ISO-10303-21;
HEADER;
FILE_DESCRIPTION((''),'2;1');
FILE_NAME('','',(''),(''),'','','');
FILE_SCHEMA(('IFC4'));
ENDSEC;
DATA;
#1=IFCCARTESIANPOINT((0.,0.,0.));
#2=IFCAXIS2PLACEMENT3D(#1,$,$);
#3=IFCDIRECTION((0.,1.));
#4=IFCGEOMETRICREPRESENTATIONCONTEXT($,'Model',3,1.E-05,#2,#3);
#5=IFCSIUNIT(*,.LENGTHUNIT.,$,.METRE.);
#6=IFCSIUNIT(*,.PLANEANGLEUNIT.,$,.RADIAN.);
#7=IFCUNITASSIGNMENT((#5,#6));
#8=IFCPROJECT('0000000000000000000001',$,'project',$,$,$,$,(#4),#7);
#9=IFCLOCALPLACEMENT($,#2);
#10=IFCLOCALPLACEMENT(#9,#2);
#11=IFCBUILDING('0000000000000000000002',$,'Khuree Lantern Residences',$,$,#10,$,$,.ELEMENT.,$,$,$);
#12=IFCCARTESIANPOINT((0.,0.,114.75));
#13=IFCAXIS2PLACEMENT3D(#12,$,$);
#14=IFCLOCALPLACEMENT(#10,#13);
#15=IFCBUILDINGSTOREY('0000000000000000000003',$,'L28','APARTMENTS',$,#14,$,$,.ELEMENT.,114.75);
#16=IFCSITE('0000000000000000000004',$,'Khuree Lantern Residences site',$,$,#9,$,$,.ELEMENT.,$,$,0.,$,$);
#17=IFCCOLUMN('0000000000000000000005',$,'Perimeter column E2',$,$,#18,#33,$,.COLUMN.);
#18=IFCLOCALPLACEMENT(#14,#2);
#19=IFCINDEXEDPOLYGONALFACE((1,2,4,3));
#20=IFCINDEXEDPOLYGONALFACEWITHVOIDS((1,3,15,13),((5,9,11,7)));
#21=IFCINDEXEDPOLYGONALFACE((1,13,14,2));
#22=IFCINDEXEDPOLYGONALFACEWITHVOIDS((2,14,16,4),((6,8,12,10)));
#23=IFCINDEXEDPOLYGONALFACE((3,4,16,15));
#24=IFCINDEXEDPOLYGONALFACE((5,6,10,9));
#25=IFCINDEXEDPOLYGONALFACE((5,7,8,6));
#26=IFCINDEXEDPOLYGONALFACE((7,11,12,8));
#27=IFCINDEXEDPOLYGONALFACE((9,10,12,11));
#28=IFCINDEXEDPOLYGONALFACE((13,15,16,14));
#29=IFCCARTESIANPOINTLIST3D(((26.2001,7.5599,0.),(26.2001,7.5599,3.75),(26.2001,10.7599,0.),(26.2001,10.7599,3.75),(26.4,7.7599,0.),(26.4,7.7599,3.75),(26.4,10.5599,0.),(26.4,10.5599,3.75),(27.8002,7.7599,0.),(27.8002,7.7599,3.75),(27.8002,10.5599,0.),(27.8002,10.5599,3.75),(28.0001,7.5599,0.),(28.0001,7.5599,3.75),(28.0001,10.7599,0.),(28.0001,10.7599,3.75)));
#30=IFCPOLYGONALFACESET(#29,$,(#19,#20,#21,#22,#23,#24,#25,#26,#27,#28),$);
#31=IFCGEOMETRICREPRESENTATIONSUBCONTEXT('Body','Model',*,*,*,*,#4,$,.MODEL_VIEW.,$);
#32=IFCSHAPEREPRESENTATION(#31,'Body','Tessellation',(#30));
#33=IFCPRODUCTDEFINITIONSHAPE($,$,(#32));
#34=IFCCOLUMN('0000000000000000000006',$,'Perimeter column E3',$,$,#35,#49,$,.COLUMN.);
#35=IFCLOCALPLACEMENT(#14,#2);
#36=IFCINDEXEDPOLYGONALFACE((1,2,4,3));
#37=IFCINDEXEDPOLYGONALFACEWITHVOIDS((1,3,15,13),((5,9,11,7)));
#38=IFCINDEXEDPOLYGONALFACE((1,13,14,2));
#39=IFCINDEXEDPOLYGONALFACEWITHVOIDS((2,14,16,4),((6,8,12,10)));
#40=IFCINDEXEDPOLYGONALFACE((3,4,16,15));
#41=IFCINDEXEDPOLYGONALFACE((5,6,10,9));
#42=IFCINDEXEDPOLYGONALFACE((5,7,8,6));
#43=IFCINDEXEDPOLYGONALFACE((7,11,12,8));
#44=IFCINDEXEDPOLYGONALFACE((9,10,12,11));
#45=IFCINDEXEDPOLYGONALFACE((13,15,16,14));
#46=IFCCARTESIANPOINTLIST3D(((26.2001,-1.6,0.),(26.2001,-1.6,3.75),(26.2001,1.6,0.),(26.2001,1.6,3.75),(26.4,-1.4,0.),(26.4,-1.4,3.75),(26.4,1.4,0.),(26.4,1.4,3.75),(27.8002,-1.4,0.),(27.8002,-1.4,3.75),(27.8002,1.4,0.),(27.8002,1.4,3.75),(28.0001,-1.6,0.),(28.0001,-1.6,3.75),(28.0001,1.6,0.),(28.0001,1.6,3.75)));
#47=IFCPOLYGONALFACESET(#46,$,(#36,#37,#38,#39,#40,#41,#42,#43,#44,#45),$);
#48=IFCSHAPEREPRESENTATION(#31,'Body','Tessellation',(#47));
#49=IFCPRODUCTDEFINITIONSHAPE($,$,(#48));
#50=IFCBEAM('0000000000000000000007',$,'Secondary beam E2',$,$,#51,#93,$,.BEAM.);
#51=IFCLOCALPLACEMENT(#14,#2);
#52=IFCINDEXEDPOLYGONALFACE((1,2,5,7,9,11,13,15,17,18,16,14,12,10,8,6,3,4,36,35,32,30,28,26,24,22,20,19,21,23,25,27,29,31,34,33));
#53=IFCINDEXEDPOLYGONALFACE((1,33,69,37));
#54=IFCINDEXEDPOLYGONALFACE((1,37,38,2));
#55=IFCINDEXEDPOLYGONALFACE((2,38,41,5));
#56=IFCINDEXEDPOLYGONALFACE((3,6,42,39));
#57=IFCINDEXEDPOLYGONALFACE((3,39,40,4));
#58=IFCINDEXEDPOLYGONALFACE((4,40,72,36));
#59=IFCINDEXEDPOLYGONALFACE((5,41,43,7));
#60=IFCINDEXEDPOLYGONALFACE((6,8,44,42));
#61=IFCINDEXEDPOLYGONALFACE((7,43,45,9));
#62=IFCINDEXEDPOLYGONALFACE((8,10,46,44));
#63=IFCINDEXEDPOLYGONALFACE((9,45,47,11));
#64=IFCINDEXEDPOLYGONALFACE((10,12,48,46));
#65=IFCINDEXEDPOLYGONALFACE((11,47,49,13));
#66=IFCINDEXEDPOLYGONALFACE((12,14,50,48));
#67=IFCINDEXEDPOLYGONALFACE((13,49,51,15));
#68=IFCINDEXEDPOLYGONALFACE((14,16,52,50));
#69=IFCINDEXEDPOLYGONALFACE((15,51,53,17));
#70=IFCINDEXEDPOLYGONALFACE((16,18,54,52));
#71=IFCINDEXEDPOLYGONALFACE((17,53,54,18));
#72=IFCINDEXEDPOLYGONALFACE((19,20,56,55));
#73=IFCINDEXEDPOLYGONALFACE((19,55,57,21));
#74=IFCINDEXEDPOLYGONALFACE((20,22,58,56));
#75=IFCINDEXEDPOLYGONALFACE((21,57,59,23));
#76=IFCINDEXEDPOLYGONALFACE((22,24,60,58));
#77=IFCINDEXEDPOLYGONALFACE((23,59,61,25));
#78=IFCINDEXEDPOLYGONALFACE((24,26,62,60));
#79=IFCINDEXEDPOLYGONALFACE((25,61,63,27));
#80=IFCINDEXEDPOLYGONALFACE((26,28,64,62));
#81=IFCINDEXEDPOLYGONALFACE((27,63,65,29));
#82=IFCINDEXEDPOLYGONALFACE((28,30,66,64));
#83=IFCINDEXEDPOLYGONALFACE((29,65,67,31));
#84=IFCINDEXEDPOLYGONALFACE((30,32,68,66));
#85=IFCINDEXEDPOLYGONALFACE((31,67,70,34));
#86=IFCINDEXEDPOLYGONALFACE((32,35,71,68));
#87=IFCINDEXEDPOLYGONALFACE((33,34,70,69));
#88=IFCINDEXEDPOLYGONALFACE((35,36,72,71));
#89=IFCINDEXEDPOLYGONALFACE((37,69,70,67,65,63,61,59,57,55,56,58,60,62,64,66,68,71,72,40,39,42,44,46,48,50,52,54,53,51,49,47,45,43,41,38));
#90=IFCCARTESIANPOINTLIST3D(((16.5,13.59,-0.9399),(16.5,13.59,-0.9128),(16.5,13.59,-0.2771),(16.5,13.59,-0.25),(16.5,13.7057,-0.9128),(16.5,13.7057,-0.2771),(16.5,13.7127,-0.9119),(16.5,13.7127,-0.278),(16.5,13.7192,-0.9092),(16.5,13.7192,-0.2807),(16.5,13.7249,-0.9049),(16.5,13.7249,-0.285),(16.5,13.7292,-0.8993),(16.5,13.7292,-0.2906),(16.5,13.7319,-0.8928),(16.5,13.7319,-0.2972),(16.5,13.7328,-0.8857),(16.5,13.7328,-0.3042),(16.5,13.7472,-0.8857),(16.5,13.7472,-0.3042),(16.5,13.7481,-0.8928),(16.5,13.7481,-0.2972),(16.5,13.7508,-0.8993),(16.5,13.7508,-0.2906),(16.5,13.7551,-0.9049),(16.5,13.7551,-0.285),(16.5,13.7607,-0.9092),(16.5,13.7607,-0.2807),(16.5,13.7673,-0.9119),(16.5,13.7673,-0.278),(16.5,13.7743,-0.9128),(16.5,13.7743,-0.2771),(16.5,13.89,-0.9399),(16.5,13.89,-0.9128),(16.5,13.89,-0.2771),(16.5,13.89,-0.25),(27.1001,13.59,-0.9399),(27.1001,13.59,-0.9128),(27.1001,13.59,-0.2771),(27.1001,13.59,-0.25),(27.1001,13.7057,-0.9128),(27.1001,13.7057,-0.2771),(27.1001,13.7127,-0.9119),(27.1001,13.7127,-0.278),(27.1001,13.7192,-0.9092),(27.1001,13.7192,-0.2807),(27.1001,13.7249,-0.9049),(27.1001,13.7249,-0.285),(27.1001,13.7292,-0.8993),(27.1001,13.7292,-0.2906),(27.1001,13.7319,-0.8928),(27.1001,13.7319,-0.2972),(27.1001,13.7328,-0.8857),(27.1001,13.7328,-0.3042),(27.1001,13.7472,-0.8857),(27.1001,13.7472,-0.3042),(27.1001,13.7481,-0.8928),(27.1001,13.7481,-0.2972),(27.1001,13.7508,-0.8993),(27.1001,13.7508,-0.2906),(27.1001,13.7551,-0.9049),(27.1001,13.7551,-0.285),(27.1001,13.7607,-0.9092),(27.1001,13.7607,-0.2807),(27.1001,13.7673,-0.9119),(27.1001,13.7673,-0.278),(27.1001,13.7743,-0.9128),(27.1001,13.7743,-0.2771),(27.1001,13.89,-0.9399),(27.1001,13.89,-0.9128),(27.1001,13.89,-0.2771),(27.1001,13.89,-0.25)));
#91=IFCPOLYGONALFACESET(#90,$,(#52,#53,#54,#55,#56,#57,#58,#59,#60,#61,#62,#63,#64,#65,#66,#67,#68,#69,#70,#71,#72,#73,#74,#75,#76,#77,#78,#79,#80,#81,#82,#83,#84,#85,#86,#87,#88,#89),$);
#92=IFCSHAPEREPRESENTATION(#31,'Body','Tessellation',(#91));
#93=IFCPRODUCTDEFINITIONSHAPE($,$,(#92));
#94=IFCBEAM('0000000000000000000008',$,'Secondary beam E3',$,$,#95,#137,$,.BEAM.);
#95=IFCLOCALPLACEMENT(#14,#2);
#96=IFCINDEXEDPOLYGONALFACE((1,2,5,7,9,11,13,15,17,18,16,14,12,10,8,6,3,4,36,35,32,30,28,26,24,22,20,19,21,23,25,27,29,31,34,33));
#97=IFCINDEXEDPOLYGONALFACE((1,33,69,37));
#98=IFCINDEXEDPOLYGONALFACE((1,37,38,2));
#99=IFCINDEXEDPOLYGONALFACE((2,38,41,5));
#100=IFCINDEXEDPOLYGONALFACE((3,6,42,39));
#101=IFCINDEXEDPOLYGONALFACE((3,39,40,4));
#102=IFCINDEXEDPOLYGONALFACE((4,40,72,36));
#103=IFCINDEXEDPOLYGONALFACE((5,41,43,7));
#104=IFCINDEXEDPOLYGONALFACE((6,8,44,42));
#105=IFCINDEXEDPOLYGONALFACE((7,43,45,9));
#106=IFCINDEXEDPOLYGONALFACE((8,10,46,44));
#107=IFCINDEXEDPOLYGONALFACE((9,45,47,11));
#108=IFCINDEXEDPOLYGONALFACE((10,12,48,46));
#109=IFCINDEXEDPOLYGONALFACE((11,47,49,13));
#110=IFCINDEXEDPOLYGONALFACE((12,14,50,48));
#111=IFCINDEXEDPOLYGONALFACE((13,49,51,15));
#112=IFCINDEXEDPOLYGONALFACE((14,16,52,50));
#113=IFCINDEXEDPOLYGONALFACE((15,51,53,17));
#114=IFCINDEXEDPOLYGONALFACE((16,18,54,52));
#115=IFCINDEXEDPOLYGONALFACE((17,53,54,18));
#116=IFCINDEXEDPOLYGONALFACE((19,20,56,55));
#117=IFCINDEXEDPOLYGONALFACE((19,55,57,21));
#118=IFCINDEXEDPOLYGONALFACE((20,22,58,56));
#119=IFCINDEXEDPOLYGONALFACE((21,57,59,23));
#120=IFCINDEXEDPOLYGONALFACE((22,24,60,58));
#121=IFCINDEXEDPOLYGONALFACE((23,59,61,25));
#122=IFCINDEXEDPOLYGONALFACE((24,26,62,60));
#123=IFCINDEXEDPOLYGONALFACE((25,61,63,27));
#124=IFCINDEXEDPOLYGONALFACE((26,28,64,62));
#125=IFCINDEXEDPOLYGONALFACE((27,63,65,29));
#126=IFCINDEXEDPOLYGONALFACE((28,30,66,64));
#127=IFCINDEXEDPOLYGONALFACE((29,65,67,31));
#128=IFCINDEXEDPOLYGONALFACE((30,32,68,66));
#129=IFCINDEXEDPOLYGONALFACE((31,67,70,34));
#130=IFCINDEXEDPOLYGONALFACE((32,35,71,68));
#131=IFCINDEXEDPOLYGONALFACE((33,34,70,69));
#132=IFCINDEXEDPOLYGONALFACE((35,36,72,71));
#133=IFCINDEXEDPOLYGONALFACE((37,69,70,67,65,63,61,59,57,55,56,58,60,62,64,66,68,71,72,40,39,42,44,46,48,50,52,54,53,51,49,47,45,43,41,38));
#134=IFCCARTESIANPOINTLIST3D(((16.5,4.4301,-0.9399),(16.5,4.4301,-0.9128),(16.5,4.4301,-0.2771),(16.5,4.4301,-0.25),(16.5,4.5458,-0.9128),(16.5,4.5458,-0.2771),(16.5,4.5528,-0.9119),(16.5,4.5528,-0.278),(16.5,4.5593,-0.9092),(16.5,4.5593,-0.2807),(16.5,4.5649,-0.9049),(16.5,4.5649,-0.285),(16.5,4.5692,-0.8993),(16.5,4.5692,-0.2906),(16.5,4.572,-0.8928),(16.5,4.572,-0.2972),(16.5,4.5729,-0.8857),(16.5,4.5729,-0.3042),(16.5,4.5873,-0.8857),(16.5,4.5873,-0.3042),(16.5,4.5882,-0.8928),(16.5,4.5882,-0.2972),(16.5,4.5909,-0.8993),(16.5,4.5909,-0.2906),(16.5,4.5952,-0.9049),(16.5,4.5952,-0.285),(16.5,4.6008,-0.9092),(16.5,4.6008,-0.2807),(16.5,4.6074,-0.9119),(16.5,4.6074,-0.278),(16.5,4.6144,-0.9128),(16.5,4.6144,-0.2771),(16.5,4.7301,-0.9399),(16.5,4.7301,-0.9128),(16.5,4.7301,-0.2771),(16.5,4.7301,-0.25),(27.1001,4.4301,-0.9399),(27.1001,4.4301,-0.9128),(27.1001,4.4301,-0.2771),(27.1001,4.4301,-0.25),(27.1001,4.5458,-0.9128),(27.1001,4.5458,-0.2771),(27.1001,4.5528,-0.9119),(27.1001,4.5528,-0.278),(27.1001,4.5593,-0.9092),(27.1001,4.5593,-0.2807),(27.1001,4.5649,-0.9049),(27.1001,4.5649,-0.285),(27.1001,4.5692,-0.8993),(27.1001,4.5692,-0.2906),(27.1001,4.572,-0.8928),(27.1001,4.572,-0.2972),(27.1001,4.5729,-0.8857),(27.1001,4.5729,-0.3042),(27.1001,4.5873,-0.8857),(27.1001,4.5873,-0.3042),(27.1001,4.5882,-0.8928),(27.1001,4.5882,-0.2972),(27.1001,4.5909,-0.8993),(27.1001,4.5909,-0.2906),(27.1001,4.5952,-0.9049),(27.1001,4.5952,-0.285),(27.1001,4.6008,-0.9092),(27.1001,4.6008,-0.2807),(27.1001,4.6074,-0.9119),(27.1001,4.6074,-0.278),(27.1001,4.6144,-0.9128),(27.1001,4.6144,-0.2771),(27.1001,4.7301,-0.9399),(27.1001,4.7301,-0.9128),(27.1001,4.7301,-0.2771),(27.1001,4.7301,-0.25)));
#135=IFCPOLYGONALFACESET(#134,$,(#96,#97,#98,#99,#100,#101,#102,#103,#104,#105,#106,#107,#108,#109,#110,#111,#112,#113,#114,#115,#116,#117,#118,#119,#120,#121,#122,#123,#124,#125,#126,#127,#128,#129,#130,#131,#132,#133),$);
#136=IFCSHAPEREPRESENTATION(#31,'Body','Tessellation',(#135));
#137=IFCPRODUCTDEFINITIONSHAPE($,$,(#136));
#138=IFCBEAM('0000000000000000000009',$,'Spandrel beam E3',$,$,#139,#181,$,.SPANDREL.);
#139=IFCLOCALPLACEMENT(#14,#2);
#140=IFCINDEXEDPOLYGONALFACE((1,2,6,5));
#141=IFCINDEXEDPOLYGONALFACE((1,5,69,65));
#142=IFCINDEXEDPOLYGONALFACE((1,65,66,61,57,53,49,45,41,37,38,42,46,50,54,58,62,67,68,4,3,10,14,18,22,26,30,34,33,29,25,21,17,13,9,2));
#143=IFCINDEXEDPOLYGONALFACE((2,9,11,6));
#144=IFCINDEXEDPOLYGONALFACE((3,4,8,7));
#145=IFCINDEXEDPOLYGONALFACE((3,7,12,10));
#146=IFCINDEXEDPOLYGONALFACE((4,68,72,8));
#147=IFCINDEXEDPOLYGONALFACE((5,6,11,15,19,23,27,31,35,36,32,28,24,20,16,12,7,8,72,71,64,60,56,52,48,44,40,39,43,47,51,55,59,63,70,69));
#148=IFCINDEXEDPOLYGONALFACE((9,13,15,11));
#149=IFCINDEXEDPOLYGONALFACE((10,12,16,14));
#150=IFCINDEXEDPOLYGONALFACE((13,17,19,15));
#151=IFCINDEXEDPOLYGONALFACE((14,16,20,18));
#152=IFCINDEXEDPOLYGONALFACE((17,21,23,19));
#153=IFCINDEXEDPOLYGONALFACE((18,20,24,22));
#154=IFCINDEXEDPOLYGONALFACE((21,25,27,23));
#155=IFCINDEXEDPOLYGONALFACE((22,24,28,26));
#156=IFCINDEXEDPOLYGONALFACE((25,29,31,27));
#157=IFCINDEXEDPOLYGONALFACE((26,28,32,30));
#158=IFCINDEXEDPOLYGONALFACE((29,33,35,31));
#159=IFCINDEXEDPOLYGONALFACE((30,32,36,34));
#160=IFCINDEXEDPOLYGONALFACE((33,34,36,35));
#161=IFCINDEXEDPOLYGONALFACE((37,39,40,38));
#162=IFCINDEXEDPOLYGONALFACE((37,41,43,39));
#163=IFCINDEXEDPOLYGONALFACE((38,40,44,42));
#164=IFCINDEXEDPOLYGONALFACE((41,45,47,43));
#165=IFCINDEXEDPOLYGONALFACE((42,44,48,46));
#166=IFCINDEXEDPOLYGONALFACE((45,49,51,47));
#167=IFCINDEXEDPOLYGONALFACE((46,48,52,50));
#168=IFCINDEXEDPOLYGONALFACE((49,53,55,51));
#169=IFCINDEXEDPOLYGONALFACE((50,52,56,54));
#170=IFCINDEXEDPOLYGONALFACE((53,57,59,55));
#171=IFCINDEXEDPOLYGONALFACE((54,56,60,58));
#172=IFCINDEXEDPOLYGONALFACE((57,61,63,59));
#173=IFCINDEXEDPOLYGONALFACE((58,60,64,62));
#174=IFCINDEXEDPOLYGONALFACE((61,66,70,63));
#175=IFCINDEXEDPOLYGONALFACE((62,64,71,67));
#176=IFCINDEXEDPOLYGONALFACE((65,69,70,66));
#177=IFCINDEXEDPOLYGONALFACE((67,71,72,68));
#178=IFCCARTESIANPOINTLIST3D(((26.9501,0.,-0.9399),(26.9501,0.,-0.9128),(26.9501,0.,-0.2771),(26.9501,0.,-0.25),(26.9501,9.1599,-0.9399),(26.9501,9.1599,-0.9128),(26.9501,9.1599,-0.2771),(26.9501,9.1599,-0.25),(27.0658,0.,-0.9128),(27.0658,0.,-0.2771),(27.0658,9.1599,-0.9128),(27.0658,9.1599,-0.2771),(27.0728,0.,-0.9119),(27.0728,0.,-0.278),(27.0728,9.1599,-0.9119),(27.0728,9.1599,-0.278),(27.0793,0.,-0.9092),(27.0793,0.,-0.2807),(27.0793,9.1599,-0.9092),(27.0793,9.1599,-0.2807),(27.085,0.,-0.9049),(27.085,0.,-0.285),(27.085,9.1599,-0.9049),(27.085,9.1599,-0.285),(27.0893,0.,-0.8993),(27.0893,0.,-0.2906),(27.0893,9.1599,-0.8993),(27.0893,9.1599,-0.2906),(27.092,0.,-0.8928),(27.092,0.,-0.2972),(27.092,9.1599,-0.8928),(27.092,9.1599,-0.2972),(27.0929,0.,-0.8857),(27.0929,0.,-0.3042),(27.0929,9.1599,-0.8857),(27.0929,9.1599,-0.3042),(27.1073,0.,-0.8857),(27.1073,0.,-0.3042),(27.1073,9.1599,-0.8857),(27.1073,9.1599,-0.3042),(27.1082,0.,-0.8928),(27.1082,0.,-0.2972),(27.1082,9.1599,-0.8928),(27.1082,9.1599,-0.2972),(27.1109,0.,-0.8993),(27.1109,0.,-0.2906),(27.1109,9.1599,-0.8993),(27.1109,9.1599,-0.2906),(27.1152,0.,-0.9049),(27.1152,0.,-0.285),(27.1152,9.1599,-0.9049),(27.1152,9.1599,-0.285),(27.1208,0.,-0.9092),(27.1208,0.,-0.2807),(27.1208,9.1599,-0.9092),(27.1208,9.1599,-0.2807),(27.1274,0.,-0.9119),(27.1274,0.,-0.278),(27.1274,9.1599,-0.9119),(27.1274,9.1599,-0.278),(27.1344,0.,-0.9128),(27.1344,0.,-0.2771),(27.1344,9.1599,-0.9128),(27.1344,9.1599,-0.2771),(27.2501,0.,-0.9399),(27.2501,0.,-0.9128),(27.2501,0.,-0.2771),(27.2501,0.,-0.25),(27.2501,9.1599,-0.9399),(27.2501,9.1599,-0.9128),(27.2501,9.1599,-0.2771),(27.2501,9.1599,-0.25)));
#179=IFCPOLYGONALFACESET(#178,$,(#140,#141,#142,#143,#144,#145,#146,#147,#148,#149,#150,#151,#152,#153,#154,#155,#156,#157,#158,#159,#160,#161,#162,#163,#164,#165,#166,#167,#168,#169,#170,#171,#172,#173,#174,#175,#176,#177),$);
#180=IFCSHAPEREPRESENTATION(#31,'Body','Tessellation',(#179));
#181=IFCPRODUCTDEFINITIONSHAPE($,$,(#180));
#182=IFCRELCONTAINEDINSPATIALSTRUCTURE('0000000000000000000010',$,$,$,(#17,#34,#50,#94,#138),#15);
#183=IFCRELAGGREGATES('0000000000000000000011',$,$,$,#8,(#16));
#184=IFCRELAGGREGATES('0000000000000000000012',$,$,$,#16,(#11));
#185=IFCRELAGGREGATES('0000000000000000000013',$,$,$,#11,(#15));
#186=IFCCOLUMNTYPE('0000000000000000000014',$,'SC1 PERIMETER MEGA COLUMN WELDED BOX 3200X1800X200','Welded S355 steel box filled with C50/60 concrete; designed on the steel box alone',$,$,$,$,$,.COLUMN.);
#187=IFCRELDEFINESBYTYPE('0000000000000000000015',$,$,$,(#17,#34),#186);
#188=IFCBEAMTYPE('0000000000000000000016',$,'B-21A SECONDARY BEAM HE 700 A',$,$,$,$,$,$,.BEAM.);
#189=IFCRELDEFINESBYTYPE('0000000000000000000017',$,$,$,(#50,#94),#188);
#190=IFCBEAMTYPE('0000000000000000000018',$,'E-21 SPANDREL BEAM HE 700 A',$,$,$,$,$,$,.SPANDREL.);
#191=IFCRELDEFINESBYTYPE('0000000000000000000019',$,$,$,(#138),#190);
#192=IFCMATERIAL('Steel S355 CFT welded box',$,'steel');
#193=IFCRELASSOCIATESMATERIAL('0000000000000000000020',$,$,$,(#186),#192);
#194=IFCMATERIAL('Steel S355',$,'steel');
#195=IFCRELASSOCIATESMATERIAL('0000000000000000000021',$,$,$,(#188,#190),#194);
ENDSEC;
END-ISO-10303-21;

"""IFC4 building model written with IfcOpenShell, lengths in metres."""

from ifc_helpers import new_model, si_unit, direction, frame, origin, origin_2d, place, context, subcontext, project, spatial, hollow_rectangle, i_section, extrude, material, material_profile, profile_set, type_object, element, save


model = new_model("IFC4")

# Units and contexts
model_context = context("Model", 3, precision=1e-05, world=origin(), true_north=direction((0.0, 1.0)))
body_context = subcontext(model_context, "Body", "Model", "MODEL_VIEW")
ifc_project = project(units=[si_unit("LENGTHUNIT", "METRE"), si_unit("PLANEANGLEUNIT", "RADIAN")], contexts=[model_context])

# Site, building, storey
site_placement = place(None, origin())
site = spatial("IfcSite", under=ifc_project, at=site_placement, Name="Khuree Lantern Residences site", CompositionType="ELEMENT", RefElevation=0.0)
building_placement = place(site_placement, origin())
building = spatial("IfcBuilding", under=site, at=building_placement, Name="Khuree Lantern Residences", CompositionType="ELEMENT")
storey_placement = place(building_placement, frame((0.0, 0.0, 114.75)))
storey = spatial("IfcBuildingStorey", under=building, at=storey_placement, Name="L28", Description="APARTMENTS", CompositionType="ELEMENT", Elevation=114.75)

# Columns
ifc_material_1 = material(Name="Steel S355 CFT welded box", Category="steel")
ifc_material_profile_1 = material_profile(ifc_material_1, hollow_rectangle(XDim=3.2, YDim=1.8, WallThickness=0.2, at=origin_2d()), Name="WELDED BOX 3200X1800X200")
ifc_profile_set_1 = profile_set([ifc_material_profile_1], Name="Steel S355 CFT welded box")
column_type = type_object("IfcColumnType", Name="SC1 PERIMETER MEGA COLUMN WELDED BOX 3200X1800X200", Description="Welded S355 steel box filled with C50/60 concrete; designed on the steel box alone", PredefinedType="COLUMN", material=ifc_profile_set_1)
for number, where, z_axis, x_axis, name in (
    (1, (27.1001, 9.1599, 0.0), (0.0, 0.0, 1.0), (0.0, 1.0, 0.0), "Perimeter column E2"),
    (2, (27.1001, 0.0, 0.0), (0.0, 0.0, 1.0), (0.0, 1.0, 0.0), "Perimeter column E3"),
):
    element("IfcColumn", number, at=place(storey_placement, frame(where, z_axis=z_axis, x_axis=x_axis)), inside=storey, type_object=column_type, Name=name, PredefinedType="COLUMN", context=body_context, shape_type="SweptSolid", body=[
        extrude(hollow_rectangle(XDim=3.2, YDim=1.8, WallThickness=0.2, at=origin_2d()), origin(), (0.0, 0.0, 1.0), 3.75),
    ])

# Beams
ifc_material_2 = material(Name="Steel S355", Category="steel")
ifc_material_profile_2 = material_profile(ifc_material_2, i_section(OverallWidth=0.3, OverallDepth=0.6899, WebThickness=0.0144, FlangeThickness=0.0271, FilletRadius=0.0271, at=origin_2d()), Name="HE 700 A")
ifc_profile_set_2 = profile_set([ifc_material_profile_2], Name="Steel S355")
beam_type_1 = type_object("IfcBeamType", Name="B-21A SECONDARY BEAM HE 700 A", PredefinedType="BEAM", material=ifc_profile_set_2)
for number, where, z_axis, x_axis, name in (
    (3, (27.1001, 13.74, -0.595), (-1.0, 0.0, 0.0), (0.0, -1.0, 0.0), "Secondary beam E2"),
    (4, (27.1001, 4.5801, -0.595), (-1.0, 0.0, 0.0), (0.0, -1.0, 0.0), "Secondary beam E3"),
):
    element("IfcBeam", number, at=place(storey_placement, frame(where, z_axis=z_axis, x_axis=x_axis)), inside=storey, type_object=beam_type_1, Name=name, PredefinedType="BEAM", context=body_context, shape_type="SweptSolid", body=[
        extrude(i_section(OverallWidth=0.3, OverallDepth=0.6899, WebThickness=0.0144, FlangeThickness=0.0271, FilletRadius=0.0271, at=origin_2d()), origin(), (0.0, 0.0, 1.0), 10.6001),
    ])
ifc_material_profile_3 = material_profile(ifc_material_2, i_section(OverallWidth=0.3, OverallDepth=0.6899, WebThickness=0.0144, FlangeThickness=0.0271, FilletRadius=0.0271, at=origin_2d()), Name="HE 700 A")
ifc_profile_set_3 = profile_set([ifc_material_profile_3], Name="Steel S355")
beam_type_2 = type_object("IfcBeamType", Name="E-21 SPANDREL BEAM HE 700 A", PredefinedType="SPANDREL", material=ifc_profile_set_3)
for number, where, z_axis, x_axis, name in (
    (5, (27.1001, 9.1599, -0.595), (0.0, -1.0, 0.0), (1.0, 0.0, 0.0), "Spandrel beam E3"),
):
    element("IfcBeam", number, at=place(storey_placement, frame(where, z_axis=z_axis, x_axis=x_axis)), inside=storey, type_object=beam_type_2, Name=name, PredefinedType="SPANDREL", context=body_context, shape_type="SweptSolid", body=[
        extrude(i_section(OverallWidth=0.3, OverallDepth=0.6899, WebThickness=0.0144, FlangeThickness=0.0271, FilletRadius=0.0271, at=origin_2d()), origin(), (0.0, 0.0, 1.0), 9.1599),
    ])

save(model, "model.ifc")
